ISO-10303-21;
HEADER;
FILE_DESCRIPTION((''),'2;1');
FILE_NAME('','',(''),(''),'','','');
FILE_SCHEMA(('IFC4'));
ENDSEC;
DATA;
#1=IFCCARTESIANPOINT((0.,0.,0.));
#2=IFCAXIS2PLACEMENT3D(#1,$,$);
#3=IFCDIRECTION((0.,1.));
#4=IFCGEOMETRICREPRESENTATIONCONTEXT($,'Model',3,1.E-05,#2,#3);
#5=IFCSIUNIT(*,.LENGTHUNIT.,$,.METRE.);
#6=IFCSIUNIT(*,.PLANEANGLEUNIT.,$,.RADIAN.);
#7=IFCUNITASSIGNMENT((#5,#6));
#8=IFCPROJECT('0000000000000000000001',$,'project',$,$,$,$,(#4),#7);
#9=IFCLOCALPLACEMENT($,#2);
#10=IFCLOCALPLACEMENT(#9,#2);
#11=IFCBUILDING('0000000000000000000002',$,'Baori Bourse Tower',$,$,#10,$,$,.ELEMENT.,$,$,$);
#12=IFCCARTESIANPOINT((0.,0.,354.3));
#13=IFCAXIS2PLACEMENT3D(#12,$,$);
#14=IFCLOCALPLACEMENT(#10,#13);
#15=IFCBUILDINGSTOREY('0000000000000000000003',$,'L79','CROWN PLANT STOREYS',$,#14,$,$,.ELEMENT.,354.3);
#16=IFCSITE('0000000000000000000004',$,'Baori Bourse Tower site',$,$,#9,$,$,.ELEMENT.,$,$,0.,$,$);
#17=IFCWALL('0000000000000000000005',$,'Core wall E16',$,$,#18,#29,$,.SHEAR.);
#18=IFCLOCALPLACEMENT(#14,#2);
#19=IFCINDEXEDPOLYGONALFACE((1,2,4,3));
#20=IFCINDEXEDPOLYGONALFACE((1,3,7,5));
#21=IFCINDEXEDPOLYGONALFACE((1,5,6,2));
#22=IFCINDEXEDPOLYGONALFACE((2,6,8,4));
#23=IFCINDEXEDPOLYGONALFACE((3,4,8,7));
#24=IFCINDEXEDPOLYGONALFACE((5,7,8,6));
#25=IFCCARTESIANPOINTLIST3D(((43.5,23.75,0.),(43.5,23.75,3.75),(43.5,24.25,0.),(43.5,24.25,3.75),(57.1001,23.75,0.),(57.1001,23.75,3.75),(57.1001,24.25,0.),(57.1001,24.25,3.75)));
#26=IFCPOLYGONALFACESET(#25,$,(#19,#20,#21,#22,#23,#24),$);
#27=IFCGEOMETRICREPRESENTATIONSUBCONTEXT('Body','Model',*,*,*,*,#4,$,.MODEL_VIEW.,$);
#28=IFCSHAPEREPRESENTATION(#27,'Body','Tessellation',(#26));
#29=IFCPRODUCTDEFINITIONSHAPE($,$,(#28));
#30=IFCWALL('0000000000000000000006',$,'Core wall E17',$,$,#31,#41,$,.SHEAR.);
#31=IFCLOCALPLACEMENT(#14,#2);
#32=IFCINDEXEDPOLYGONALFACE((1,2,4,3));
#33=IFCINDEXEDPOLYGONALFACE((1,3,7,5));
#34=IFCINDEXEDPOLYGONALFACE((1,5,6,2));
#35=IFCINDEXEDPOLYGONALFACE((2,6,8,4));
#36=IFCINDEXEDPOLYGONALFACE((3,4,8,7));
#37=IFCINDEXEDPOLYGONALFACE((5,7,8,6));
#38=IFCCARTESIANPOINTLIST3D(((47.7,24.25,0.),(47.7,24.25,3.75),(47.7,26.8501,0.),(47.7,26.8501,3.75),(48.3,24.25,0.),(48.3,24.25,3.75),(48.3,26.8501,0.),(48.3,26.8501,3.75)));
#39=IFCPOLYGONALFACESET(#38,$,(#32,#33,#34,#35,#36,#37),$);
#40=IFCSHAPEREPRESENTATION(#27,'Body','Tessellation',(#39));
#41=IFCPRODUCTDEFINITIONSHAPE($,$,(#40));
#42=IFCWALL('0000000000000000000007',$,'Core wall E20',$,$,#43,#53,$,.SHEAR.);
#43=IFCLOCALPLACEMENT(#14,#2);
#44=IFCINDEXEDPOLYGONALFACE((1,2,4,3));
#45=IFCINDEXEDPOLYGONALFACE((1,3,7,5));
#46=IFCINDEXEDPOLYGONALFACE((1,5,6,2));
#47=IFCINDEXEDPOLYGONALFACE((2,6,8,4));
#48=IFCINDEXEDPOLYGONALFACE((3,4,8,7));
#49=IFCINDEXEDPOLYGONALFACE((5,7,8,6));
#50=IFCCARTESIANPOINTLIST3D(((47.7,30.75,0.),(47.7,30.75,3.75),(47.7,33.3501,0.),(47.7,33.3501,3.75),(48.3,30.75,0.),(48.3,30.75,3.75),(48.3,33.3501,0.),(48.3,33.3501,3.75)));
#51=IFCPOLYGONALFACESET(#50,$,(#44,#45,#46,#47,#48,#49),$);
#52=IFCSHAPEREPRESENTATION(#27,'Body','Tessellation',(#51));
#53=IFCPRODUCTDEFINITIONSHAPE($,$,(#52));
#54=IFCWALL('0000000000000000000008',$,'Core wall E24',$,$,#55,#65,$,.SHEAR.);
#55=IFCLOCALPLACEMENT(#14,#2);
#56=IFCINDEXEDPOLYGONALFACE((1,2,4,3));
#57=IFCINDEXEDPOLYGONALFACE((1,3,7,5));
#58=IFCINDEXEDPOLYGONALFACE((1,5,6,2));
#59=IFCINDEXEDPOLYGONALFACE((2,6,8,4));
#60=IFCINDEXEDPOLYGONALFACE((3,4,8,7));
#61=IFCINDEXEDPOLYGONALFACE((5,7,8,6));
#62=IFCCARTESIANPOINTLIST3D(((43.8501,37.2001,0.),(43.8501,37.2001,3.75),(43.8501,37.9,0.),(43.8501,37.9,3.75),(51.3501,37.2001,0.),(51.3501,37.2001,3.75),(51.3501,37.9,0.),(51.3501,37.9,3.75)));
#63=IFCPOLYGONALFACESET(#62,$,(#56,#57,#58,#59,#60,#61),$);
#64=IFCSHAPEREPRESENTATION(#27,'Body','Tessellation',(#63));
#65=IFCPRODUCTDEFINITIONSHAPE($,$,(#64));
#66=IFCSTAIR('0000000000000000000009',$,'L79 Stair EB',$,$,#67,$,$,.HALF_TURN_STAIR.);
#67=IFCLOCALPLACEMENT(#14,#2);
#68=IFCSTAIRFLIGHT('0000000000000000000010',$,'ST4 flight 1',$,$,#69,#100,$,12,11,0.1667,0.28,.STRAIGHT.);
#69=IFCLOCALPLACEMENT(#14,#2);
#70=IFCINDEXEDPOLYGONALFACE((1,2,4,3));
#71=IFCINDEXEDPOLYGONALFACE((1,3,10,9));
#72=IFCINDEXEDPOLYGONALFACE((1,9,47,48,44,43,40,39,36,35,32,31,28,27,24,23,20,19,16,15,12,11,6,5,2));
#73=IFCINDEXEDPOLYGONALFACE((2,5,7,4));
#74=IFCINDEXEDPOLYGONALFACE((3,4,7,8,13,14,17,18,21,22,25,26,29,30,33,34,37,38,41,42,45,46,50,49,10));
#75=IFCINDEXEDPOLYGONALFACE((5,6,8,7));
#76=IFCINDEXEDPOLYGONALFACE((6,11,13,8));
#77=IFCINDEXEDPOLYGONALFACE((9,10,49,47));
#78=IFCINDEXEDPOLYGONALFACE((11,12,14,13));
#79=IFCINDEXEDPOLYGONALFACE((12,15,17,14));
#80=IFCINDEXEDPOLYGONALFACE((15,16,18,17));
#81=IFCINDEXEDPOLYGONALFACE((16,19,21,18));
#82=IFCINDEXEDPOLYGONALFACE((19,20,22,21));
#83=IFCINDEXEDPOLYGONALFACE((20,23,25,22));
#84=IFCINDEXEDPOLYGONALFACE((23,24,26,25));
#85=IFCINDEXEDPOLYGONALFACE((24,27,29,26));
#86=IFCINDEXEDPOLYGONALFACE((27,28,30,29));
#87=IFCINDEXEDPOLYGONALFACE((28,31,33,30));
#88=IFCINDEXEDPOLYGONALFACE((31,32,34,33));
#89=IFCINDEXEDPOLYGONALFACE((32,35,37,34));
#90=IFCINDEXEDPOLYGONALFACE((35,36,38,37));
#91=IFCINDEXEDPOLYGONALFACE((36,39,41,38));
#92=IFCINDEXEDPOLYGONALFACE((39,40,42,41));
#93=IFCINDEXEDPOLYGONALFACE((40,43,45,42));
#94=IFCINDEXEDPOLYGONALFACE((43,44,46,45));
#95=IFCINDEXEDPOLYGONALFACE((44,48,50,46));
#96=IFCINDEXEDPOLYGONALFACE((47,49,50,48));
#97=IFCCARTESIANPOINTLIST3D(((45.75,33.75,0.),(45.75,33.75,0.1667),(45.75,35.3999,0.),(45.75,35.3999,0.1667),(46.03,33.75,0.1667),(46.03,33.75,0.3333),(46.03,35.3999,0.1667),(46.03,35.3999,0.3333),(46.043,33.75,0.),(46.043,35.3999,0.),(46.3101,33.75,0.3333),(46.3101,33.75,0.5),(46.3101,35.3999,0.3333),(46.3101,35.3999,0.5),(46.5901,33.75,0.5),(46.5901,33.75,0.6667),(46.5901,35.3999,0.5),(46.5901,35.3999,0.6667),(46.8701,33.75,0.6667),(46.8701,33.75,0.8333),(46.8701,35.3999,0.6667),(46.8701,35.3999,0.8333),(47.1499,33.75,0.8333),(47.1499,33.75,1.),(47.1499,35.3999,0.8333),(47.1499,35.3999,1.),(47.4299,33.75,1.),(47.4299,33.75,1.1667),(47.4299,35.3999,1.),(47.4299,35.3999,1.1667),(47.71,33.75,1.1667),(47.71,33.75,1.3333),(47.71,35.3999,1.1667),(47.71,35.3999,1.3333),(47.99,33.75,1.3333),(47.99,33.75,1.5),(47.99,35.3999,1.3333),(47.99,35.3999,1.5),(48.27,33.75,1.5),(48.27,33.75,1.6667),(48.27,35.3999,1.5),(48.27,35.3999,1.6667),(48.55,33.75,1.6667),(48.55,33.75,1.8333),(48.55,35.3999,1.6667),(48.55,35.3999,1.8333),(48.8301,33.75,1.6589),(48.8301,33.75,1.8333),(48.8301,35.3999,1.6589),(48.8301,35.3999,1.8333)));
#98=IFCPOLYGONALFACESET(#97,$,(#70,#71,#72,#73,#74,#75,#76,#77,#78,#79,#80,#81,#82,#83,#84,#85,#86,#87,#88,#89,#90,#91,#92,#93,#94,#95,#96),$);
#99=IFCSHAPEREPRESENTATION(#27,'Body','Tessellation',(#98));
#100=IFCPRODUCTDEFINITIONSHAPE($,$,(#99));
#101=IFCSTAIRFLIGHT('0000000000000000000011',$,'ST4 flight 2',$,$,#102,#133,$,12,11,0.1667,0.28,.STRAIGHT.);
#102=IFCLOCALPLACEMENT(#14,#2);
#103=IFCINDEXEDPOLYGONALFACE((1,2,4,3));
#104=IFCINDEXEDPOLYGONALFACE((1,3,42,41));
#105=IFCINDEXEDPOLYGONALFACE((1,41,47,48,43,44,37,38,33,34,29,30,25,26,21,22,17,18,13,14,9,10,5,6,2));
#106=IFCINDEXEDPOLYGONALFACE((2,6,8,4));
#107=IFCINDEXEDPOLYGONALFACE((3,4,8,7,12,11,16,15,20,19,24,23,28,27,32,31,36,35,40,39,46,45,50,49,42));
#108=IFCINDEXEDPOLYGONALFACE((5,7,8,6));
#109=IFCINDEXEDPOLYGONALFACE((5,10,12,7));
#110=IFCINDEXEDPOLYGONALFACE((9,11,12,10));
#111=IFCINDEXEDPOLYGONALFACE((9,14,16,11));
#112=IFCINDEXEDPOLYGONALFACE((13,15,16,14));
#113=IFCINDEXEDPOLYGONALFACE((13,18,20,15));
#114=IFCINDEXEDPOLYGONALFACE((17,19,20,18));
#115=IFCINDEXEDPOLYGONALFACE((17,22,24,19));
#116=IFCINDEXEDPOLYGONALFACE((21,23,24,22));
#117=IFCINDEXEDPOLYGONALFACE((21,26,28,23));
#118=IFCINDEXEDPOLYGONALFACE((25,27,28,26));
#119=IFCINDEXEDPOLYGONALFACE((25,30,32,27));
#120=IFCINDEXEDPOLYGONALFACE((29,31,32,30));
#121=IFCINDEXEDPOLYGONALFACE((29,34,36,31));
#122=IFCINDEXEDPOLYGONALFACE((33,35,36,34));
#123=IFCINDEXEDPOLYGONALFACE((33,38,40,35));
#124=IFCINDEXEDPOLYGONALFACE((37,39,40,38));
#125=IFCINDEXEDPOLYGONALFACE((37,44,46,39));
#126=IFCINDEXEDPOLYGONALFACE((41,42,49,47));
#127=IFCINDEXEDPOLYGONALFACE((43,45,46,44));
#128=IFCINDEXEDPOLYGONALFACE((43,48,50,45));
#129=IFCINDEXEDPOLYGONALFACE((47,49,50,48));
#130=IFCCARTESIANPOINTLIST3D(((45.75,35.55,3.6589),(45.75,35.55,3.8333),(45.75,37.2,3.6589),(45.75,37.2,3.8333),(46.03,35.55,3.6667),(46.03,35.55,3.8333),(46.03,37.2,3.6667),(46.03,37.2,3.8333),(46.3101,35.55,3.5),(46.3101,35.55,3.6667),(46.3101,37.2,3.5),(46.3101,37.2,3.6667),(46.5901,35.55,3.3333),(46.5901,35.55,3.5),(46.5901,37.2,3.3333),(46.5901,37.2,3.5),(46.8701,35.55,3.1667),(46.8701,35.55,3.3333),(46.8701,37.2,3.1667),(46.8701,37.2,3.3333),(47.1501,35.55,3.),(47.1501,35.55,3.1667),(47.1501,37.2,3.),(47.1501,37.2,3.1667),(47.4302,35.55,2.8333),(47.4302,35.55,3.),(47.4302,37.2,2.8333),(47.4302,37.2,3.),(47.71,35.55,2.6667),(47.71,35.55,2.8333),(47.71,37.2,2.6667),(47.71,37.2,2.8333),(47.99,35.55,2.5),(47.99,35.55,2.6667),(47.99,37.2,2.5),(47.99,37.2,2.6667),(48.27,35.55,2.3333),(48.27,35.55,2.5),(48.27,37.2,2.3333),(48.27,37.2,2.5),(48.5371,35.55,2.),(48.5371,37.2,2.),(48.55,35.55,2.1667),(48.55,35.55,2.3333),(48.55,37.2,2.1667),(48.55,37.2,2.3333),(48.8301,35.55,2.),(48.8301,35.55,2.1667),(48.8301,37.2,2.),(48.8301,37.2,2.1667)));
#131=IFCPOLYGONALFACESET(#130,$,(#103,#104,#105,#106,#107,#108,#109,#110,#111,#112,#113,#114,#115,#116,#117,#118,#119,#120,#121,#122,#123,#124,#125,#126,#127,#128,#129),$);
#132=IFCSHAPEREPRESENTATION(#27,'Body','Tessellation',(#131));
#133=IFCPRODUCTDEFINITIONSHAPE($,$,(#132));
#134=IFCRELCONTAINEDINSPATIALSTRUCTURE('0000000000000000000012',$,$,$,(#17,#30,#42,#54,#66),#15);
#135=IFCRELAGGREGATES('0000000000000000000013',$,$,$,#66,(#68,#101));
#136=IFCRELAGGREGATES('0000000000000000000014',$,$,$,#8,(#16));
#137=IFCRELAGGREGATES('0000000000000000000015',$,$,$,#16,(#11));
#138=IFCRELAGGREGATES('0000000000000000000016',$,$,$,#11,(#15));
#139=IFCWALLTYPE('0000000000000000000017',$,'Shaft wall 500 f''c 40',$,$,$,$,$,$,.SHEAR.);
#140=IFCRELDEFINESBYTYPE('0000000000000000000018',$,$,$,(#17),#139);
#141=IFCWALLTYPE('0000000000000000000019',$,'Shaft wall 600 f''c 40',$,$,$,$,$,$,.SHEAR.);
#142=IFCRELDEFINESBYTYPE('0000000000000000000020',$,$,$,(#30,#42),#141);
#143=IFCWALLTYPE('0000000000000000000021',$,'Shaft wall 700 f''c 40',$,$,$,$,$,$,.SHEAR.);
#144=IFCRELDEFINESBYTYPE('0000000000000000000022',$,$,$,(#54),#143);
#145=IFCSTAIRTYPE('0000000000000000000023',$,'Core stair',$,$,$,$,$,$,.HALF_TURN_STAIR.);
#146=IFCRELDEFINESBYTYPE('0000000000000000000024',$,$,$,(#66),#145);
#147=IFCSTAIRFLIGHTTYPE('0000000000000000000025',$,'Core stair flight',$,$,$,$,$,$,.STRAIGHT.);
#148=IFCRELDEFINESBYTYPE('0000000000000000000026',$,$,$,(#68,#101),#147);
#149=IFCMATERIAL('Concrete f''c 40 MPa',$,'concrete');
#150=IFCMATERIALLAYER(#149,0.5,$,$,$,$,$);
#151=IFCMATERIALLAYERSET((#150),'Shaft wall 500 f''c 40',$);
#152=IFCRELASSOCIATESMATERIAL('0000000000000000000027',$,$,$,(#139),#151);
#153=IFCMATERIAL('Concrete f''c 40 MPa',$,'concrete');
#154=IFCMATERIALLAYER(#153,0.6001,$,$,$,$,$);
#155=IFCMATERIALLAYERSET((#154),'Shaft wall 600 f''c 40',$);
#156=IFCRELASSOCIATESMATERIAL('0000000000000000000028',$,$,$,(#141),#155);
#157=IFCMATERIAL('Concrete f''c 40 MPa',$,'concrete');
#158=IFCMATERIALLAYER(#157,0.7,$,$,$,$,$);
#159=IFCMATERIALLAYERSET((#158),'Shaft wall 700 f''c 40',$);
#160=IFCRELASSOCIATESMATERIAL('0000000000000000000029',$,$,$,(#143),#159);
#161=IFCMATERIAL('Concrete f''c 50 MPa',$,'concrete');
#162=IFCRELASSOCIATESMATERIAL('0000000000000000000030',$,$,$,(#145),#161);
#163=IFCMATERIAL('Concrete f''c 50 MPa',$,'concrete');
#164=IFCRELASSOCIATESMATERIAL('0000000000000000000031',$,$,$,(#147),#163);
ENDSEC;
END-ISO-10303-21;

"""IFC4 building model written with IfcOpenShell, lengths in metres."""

from ifc_helpers import new_model, si_unit, direction, frame, frame_2d, origin, place, context, subcontext, project, spatial, polyline, rectangle, outline, extrude, material, layer, layer_set, type_object, element, aggregate, save


model = new_model("IFC4")

# Units and contexts
model_context = context("Model", 3, precision=1e-05, world=origin(), true_north=direction((0.0, 1.0)))
body_context = subcontext(model_context, "Body", "Model", "MODEL_VIEW")
ifc_project = project(units=[si_unit("LENGTHUNIT", "METRE"), si_unit("PLANEANGLEUNIT", "RADIAN")], contexts=[model_context])

# Site, building, storey
site_placement = place(None, origin())
site = spatial("IfcSite", under=ifc_project, at=site_placement, Name="Baori Bourse Tower site", CompositionType="ELEMENT", RefElevation=0.0)
building_placement = place(site_placement, origin())
building = spatial("IfcBuilding", under=site, at=building_placement, Name="Baori Bourse Tower", CompositionType="ELEMENT")
storey_placement = place(building_placement, frame((0.0, 0.0, 354.3)))
storey = spatial("IfcBuildingStorey", under=building, at=storey_placement, Name="L79", Description="CROWN PLANT STOREYS", CompositionType="ELEMENT", Elevation=354.3)

# Walls
ifc_material_1 = material(Name="Concrete f'c 40 MPa", Category="concrete")
ifc_layer_1 = layer(ifc_material_1, 0.5)
ifc_layer_set_1 = layer_set([ifc_layer_1], Name="Shaft wall 500 f'c 40")
wall_type_1 = type_object("IfcWallType", Name="Shaft wall 500 f'c 40", PredefinedType="SHEAR", material=ifc_layer_set_1)
wall_1_placement = place(storey_placement, frame((43.5, 24.0, 0.0), z_axis=(0.0, 0.0, 1.0), x_axis=(1.0, 0.0, 0.0)))
element("IfcWall", 1, at=wall_1_placement, inside=storey, type_object=wall_type_1, Name="Core wall E16", PredefinedType="SHEAR", context=body_context, shape_type="SweptSolid", body=[
    extrude(rectangle(XDim=13.6001, YDim=0.5, at=frame_2d((6.8, 0.0))), origin(), (0.0, 0.0, 1.0), 3.75),
])
ifc_material_2 = material(Name="Concrete f'c 40 MPa", Category="concrete")
ifc_layer_2 = layer(ifc_material_2, 0.6001)
ifc_layer_set_2 = layer_set([ifc_layer_2], Name="Shaft wall 600 f'c 40")
wall_type_2 = type_object("IfcWallType", Name="Shaft wall 600 f'c 40", PredefinedType="SHEAR", material=ifc_layer_set_2)
for number, where, z_axis, x_axis, name in (
    (2, (48.0, 24.25, 0.0), (0.0, 0.0, 1.0), (0.0, 1.0, 0.0), "Core wall E17"),
    (3, (48.0, 30.75, 0.0), (0.0, 0.0, 1.0), (0.0, 1.0, 0.0), "Core wall E20"),
):
    element("IfcWall", number, at=place(storey_placement, frame(where, z_axis=z_axis, x_axis=x_axis)), inside=storey, type_object=wall_type_2, Name=name, PredefinedType="SHEAR", context=body_context, shape_type="SweptSolid", body=[
        extrude(rectangle(XDim=2.6001, YDim=0.6001, at=frame_2d((1.3, 0.0))), origin(), (0.0, 0.0, 1.0), 3.75),
    ])
ifc_material_3 = material(Name="Concrete f'c 40 MPa", Category="concrete")
ifc_layer_3 = layer(ifc_material_3, 0.7)
ifc_layer_set_3 = layer_set([ifc_layer_3], Name="Shaft wall 700 f'c 40")
wall_type_3 = type_object("IfcWallType", Name="Shaft wall 700 f'c 40", PredefinedType="SHEAR", material=ifc_layer_set_3)
wall_2_placement = place(storey_placement, frame((43.8501, 37.55, 0.0), z_axis=(0.0, 0.0, 1.0), x_axis=(1.0, 0.0, 0.0)))
element("IfcWall", 4, at=wall_2_placement, inside=storey, type_object=wall_type_3, Name="Core wall E24", PredefinedType="SHEAR", context=body_context, shape_type="SweptSolid", body=[
    extrude(rectangle(XDim=7.5, YDim=0.7, at=frame_2d((3.75, 0.0))), origin(), (0.0, 0.0, 1.0), 3.75),
])

# Stair, stair flights
ifc_material_4 = material(Name="Concrete f'c 50 MPa", Category="concrete")
stair_type = type_object("IfcStairType", Name="Core stair", PredefinedType="HALF_TURN_STAIR", material=ifc_material_4)
stair_placement = place(storey_placement, origin())
stair = element("IfcStair", 5, at=stair_placement, inside=storey, type_object=stair_type, Name="L79 Stair EB", PredefinedType="HALF_TURN_STAIR")
ifc_material_5 = material(Name="Concrete f'c 50 MPa", Category="concrete")
stair_flight_type = type_object("IfcStairFlightType", Name="Core stair flight", PredefinedType="STRAIGHT", material=ifc_material_5)
stair_flight_1_placement = place(storey_placement, frame((45.75, 34.575, 0.0), z_axis=(0.0, 0.0, 1.0), x_axis=(1.0, 0.0, 0.0)))
stair_flight_1 = element("IfcStairFlight", 6, at=stair_flight_1_placement, type_object=stair_flight_type, Name="ST4 flight 1", NumberOfRisers=12, NumberOfTreads=11, PredefinedType="STRAIGHT", RiserHeight=0.1667, TreadLength=0.28, context=body_context, shape_type="SweptSolid", body=[
    extrude(outline(polyline([(0.0, 0.0), (0.0, 0.1667), (0.28, 0.1667), (0.28, 0.3333), (0.5601, 0.3333), (0.5601, 0.5), (0.8401, 0.5), (0.8401, 0.6667), (1.1201, 0.6667), (1.1201, 0.8333), (1.3999, 0.8333), (1.3999, 1.0), (1.6799, 1.0), (1.6799, 1.1667), (1.96, 1.1667), (1.96, 1.3333), (2.24, 1.3333), (2.24, 1.5), (2.52, 1.5), (2.52, 1.6667), (2.8, 1.6667), (2.8, 1.8333), (3.0801, 1.8333), (3.0801, 2.0), (3.0801, 1.6589), (0.293, 0.0), (0.0, 0.0)])), frame((0.0, 0.825, 0.0), z_axis=(0.0, -1.0, 0.0), x_axis=(1.0, 0.0, 0.0)), (0.0, 0.0, 1.0), 1.6499),
])
stair_flight_2_placement = place(storey_placement, frame((48.8301, 36.375, 2.0), z_axis=(0.0, 0.0, 1.0), x_axis=(-1.0, 0.0, 0.0)))
stair_flight_2 = element("IfcStairFlight", 7, at=stair_flight_2_placement, type_object=stair_flight_type, Name="ST4 flight 2", NumberOfRisers=12, NumberOfTreads=11, PredefinedType="STRAIGHT", RiserHeight=0.1667, TreadLength=0.28, context=body_context, shape_type="SweptSolid", body=[
    extrude(outline(polyline([(0.0, 0.0), (0.0, 0.1667), (0.28, 0.1667), (0.28, 0.3333), (0.5601, 0.3333), (0.5601, 0.5), (0.8401, 0.5), (0.8401, 0.6667), (1.1201, 0.6667), (1.1201, 0.8333), (1.3999, 0.8333), (1.3999, 1.0), (1.6799, 1.0), (1.6799, 1.1667), (1.96, 1.1667), (1.96, 1.3333), (2.24, 1.3333), (2.24, 1.5), (2.52, 1.5), (2.52, 1.6667), (2.8, 1.6667), (2.8, 1.8333), (3.0801, 1.8333), (3.0801, 2.0), (3.0801, 1.6589), (0.293, 0.0), (0.0, 0.0)])), frame((0.0, 0.825, 0.0), z_axis=(0.0, -1.0, 0.0), x_axis=(1.0, 0.0, 0.0)), (0.0, 0.0, 1.0), 1.6499),
])
aggregate(stair, [stair_flight_1, stair_flight_2])

save(model, "model.ifc")
